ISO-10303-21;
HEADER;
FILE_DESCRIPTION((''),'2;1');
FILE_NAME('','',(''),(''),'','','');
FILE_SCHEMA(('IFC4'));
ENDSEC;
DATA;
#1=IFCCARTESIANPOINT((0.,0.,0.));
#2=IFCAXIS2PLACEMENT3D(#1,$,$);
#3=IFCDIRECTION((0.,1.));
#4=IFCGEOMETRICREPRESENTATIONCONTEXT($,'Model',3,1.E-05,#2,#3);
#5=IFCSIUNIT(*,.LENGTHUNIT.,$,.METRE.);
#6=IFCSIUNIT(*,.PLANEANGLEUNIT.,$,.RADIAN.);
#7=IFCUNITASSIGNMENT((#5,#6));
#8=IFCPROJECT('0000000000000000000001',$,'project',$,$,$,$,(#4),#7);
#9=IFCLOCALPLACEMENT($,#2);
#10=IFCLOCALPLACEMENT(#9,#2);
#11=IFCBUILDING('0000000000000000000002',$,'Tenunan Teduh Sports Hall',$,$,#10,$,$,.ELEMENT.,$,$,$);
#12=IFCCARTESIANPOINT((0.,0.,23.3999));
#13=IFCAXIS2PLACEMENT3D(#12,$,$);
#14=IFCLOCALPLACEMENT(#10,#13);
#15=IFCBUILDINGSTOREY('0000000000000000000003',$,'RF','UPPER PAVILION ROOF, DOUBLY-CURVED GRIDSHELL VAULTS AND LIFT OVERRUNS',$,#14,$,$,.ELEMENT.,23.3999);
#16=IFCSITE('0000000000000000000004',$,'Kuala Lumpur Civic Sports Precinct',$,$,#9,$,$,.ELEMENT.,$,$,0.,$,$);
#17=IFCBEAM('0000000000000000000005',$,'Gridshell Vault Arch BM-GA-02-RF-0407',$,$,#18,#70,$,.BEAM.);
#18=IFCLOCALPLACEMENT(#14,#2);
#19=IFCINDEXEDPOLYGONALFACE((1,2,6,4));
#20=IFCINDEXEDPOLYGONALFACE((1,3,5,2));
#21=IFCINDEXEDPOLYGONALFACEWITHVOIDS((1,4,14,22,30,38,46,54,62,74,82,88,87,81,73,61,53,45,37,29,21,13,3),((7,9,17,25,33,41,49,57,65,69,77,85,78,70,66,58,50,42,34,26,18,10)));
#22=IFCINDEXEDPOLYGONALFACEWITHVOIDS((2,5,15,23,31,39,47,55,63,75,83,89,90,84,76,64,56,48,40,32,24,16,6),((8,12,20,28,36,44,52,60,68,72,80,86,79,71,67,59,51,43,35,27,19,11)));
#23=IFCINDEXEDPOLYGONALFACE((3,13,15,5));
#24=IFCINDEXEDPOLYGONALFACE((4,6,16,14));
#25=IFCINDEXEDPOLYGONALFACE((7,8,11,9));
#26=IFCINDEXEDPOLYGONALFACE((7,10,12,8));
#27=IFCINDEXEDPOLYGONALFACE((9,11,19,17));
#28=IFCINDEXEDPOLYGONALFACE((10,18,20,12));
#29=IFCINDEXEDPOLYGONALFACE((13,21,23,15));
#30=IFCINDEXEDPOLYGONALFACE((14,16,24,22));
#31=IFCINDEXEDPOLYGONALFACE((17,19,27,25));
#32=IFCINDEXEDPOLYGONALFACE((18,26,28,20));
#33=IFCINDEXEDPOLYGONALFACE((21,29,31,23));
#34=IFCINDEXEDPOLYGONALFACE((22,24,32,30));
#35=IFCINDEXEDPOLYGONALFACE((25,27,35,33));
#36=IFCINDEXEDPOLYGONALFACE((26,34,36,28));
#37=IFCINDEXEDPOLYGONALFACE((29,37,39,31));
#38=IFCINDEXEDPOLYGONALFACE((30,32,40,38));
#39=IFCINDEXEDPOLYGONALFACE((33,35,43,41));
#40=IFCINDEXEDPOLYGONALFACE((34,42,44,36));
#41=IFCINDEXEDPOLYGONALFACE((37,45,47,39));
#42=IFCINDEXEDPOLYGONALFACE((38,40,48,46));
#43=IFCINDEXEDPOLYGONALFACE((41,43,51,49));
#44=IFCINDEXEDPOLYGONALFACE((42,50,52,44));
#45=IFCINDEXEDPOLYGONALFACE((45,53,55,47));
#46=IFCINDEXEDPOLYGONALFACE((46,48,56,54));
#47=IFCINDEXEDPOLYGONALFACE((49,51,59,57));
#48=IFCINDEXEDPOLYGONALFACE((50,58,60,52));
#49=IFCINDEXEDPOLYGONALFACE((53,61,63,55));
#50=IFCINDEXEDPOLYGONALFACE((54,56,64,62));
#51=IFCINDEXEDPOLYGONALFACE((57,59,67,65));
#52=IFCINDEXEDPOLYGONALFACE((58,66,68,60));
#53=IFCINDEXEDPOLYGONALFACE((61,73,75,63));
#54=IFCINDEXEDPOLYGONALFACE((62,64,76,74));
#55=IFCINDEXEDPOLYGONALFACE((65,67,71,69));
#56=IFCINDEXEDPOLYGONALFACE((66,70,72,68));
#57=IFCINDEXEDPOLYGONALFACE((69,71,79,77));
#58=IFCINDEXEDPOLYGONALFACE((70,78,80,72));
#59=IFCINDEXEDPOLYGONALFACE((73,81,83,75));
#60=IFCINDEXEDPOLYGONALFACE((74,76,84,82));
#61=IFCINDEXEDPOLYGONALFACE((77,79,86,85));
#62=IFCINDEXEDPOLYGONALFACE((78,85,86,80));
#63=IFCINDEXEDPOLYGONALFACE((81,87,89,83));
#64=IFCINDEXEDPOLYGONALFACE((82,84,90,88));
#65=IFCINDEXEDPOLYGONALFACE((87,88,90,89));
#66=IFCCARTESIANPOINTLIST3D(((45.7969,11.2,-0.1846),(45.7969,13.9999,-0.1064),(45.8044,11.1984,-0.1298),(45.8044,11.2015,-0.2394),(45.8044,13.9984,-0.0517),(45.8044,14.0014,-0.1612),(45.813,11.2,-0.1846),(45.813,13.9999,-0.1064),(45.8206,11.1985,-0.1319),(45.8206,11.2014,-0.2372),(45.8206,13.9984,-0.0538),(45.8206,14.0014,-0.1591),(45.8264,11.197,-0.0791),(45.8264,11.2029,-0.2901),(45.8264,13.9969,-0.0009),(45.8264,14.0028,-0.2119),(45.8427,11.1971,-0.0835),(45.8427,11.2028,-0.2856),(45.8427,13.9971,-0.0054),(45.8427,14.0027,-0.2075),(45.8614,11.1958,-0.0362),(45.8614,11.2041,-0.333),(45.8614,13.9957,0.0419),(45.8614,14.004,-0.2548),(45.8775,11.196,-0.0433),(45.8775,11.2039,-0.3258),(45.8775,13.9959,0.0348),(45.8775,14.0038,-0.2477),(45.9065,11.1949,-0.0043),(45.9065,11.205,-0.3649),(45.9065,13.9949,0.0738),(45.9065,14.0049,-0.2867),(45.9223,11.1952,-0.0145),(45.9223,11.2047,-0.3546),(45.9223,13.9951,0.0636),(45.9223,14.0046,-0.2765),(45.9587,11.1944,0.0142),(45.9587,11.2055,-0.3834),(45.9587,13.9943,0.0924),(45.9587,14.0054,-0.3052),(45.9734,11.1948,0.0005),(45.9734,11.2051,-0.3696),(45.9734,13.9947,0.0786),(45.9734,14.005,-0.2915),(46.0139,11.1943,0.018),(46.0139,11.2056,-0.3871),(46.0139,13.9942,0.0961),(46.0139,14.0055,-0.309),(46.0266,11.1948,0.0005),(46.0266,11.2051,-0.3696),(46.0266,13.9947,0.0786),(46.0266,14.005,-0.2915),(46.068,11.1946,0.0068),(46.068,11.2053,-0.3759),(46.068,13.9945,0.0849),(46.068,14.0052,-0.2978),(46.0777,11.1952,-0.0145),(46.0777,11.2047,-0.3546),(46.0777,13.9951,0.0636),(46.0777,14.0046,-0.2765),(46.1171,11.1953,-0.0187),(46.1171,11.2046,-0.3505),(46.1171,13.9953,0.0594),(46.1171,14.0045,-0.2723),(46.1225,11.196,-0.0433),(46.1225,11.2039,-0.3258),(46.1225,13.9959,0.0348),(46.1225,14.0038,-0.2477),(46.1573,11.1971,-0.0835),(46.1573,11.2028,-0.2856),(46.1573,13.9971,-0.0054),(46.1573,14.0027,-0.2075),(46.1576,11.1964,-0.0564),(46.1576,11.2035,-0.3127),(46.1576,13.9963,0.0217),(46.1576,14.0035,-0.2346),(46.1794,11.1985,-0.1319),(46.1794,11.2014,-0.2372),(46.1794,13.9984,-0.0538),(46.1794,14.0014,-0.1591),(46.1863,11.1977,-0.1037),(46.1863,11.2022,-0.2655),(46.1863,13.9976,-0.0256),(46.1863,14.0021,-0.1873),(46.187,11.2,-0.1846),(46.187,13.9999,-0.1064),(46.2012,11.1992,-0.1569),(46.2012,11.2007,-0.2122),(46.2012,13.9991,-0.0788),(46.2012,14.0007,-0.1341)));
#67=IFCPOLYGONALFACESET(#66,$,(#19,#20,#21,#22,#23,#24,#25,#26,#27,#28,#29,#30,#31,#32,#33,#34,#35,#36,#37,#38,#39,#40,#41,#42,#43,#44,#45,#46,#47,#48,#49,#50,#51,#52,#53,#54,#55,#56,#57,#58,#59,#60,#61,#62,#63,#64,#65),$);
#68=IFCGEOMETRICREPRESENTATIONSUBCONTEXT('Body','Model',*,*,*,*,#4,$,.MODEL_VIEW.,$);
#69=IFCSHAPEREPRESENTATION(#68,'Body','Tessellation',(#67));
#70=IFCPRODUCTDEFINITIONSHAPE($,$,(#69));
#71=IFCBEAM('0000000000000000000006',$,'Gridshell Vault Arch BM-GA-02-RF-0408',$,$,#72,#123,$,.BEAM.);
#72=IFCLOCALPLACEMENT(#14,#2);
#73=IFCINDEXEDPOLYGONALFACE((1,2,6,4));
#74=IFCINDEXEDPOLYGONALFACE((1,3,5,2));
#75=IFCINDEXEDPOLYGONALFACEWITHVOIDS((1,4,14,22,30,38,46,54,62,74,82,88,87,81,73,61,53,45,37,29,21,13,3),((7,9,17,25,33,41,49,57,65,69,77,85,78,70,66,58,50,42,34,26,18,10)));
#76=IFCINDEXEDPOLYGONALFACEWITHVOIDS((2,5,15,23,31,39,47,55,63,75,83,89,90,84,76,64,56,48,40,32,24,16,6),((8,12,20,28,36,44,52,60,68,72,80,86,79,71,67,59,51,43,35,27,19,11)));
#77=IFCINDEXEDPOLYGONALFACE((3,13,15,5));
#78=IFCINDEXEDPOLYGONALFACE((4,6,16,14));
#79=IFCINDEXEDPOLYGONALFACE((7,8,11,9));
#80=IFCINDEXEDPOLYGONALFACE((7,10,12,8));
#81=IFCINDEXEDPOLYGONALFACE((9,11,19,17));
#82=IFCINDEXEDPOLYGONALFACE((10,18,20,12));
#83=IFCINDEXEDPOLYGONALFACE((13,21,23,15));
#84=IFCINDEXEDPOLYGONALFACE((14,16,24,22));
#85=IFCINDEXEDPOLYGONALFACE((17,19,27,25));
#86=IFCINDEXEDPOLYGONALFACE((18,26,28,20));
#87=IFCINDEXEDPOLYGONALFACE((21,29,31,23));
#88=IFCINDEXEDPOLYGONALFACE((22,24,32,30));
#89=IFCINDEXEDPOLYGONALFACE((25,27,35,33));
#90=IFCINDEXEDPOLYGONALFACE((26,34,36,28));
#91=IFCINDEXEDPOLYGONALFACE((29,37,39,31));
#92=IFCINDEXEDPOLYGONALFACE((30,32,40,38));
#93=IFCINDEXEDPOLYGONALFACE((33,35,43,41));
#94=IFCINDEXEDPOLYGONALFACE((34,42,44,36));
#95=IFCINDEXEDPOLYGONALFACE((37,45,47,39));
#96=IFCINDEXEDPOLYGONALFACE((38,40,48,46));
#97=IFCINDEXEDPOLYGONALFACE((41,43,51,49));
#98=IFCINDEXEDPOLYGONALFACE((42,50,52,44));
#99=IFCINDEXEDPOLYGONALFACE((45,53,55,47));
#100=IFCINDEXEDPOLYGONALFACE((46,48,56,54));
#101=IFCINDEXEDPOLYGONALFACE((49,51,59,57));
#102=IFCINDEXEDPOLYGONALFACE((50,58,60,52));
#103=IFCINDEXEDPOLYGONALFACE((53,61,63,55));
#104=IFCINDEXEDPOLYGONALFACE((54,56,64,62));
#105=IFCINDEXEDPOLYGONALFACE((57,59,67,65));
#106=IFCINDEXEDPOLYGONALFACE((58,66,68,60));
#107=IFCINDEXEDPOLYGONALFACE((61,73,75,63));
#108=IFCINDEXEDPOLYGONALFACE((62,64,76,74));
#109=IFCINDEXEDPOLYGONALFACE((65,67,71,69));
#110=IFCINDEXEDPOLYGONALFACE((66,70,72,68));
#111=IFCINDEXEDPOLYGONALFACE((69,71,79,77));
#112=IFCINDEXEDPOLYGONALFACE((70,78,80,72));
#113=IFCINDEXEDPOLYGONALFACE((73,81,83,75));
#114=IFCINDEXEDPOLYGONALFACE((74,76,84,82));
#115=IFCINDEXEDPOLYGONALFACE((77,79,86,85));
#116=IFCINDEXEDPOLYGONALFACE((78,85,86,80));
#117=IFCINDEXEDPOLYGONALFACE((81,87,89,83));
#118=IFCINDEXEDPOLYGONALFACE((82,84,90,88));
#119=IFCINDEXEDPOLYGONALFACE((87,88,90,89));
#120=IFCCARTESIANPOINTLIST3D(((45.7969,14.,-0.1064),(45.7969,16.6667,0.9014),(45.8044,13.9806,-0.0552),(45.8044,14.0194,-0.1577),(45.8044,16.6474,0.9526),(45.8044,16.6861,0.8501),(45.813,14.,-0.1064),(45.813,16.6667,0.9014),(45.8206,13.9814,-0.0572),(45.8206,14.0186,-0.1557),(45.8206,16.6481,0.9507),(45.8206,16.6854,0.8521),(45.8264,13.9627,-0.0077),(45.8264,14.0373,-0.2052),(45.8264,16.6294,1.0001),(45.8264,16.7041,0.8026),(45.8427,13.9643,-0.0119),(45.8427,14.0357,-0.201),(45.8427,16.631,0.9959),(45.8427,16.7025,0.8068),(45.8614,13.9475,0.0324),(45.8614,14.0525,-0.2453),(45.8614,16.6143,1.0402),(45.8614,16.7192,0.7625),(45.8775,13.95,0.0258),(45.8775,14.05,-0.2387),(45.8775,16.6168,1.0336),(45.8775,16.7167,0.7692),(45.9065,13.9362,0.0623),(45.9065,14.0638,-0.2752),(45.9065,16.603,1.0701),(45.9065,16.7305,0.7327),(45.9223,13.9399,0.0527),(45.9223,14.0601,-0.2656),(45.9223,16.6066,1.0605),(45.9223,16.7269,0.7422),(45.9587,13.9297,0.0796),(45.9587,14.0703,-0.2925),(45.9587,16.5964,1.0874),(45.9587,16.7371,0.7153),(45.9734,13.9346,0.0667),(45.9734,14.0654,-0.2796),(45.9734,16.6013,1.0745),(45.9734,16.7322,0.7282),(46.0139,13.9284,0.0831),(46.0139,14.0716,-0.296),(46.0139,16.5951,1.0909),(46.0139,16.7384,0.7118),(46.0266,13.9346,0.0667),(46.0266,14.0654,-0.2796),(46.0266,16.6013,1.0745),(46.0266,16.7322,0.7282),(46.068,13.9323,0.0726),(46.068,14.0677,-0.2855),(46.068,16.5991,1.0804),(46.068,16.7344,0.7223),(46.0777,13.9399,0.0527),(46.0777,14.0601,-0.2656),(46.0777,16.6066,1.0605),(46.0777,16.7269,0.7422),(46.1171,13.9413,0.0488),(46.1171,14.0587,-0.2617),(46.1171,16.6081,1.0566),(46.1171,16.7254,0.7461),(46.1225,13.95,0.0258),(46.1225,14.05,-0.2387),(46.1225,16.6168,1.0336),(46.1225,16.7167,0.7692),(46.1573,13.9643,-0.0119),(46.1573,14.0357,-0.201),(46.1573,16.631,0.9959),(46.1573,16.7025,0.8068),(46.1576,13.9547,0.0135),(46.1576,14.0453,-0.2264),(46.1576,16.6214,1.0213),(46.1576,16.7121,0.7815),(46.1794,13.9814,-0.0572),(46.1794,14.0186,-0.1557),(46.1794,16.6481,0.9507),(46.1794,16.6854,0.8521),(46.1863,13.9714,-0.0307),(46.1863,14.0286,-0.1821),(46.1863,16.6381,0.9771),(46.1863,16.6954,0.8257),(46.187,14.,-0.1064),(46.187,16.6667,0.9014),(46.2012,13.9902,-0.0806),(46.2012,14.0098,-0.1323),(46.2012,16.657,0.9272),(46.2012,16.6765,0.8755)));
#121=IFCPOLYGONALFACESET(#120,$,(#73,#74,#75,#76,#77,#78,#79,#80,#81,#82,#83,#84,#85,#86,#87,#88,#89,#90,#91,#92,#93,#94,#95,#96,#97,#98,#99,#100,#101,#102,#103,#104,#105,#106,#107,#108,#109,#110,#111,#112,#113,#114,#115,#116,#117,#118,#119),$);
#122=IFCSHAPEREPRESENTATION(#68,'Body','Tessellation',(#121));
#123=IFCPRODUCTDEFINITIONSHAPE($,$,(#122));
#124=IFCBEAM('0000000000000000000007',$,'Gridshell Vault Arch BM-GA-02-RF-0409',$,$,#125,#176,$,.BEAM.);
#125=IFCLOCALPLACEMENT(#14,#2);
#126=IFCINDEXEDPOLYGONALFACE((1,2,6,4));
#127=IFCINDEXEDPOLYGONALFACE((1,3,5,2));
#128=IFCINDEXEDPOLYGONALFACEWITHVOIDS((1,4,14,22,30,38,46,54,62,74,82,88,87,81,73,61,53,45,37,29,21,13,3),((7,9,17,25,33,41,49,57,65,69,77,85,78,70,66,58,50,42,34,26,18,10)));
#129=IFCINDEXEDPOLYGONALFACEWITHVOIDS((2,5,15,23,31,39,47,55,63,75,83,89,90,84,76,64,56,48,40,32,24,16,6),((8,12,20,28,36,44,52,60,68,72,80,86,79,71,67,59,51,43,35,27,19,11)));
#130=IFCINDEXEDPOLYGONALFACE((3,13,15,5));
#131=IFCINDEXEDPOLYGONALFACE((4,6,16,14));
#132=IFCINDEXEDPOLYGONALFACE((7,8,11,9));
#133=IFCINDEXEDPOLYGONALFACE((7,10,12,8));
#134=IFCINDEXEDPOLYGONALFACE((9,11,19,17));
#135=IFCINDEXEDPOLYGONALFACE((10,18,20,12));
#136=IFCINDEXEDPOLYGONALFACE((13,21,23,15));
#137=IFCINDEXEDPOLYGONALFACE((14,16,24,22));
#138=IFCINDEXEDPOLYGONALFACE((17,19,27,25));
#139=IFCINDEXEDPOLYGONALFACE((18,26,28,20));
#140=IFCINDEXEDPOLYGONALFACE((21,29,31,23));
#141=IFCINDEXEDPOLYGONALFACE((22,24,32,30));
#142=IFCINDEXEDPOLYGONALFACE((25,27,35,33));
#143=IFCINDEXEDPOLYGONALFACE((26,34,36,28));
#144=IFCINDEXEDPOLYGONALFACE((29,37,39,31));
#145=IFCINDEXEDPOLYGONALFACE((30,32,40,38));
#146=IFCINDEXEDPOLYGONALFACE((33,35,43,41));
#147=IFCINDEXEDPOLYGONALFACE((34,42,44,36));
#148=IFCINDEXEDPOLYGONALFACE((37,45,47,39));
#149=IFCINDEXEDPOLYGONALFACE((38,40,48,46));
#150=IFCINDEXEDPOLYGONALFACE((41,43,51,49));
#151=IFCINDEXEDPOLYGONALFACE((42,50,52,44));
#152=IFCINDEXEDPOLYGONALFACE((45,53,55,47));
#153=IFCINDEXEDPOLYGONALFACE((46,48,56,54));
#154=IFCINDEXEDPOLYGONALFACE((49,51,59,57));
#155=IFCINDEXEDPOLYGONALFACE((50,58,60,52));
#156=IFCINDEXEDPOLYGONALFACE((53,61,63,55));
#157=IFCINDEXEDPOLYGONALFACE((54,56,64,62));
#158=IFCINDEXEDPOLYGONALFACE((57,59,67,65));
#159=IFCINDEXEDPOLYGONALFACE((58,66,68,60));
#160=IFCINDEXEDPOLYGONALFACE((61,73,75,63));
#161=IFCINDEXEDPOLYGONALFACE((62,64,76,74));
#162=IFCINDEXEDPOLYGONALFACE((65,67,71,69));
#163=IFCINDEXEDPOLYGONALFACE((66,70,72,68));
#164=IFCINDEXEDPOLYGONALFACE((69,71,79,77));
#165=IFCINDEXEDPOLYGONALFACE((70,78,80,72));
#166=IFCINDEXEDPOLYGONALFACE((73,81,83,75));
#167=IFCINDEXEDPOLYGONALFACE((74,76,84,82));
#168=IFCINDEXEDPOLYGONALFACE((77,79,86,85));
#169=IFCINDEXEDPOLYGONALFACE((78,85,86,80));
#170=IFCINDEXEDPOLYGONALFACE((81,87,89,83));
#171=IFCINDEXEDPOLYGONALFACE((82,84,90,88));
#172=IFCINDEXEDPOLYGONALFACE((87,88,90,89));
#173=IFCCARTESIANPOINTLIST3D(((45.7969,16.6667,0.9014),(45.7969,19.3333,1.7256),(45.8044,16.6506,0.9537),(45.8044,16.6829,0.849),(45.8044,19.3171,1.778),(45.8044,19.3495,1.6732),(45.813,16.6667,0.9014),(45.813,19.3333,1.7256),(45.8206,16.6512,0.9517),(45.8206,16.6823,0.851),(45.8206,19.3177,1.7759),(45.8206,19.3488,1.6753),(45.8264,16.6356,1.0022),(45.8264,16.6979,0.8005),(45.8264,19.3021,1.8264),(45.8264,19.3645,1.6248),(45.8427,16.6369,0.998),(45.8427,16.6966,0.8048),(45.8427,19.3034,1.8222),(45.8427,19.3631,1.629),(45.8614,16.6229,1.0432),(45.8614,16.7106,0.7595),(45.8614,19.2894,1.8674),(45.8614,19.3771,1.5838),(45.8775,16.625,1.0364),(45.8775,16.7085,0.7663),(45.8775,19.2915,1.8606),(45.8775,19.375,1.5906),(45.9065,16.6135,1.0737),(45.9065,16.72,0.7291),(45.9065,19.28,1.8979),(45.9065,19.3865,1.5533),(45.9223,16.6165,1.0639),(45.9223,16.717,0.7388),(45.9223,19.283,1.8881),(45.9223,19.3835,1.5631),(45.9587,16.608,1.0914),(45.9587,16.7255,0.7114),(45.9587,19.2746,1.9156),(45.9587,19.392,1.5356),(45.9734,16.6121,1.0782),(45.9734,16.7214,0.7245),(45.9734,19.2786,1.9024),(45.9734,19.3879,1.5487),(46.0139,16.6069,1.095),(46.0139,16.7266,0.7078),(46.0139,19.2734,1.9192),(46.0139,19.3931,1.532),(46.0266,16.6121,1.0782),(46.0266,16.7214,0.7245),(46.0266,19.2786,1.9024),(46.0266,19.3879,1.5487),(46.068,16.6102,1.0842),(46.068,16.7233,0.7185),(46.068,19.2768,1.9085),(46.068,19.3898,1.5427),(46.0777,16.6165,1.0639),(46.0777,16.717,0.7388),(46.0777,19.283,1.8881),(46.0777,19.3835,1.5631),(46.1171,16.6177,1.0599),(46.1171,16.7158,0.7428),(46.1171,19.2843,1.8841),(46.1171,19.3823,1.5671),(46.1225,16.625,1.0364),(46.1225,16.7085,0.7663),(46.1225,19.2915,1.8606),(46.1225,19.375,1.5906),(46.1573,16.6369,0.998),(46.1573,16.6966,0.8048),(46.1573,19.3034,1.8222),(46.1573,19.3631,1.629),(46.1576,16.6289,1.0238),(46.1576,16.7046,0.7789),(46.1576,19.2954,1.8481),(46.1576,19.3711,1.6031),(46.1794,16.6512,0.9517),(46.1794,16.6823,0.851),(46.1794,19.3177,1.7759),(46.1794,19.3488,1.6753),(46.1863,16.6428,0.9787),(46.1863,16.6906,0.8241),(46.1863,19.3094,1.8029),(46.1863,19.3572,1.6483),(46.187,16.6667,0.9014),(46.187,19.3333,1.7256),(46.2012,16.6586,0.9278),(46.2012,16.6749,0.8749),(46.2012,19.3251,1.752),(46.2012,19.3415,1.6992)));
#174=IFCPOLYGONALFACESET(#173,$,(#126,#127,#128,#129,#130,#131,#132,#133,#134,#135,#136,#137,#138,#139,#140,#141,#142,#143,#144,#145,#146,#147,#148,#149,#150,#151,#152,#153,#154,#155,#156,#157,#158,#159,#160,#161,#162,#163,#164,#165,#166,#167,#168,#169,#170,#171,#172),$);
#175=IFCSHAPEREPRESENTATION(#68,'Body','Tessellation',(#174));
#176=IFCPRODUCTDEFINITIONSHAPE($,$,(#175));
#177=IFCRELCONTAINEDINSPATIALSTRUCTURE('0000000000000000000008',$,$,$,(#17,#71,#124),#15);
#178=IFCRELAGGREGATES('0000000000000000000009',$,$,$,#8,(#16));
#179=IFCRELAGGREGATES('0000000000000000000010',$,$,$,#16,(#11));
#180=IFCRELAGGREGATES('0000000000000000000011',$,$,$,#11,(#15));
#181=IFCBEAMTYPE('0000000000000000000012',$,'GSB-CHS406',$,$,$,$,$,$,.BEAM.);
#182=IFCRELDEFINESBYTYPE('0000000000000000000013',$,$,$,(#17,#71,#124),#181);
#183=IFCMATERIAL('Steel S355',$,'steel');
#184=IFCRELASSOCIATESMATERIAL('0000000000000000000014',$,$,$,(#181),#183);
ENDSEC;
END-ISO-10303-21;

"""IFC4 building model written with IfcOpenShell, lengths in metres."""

from ifc_helpers import new_model, si_unit, direction, frame, origin, origin_2d, place, context, subcontext, project, spatial, hollow_circle, extrude, material, material_profile, profile_set, type_object, element, save


model = new_model("IFC4")

# Units and contexts
model_context = context("Model", 3, precision=1e-05, world=origin(), true_north=direction((0.0, 1.0)))
body_context = subcontext(model_context, "Body", "Model", "MODEL_VIEW")
ifc_project = project(units=[si_unit("LENGTHUNIT", "METRE"), si_unit("PLANEANGLEUNIT", "RADIAN")], contexts=[model_context])

# Site, building, storey
site_placement = place(None, origin())
site = spatial("IfcSite", under=ifc_project, at=site_placement, Name="Kuala Lumpur Civic Sports Precinct", CompositionType="ELEMENT", RefElevation=0.0)
building_placement = place(site_placement, origin())
building = spatial("IfcBuilding", under=site, at=building_placement, Name="Tenunan Teduh Sports Hall", CompositionType="ELEMENT")
storey_placement = place(building_placement, frame((0.0, 0.0, 23.3999)))
storey = spatial("IfcBuildingStorey", under=building, at=storey_placement, Name="RF", Description="UPPER PAVILION ROOF, DOUBLY-CURVED GRIDSHELL VAULTS AND LIFT OVERRUNS", CompositionType="ELEMENT", Elevation=23.3999)

# Beams
ifc_material_1 = material(Name="Steel S355", Category="steel")
ifc_material_profile_1 = material_profile(ifc_material_1, hollow_circle(Radius=0.2031, WallThickness=0.0161, at=origin_2d()), Name="CHS 406.4x16.0")
ifc_profile_set_1 = profile_set([ifc_material_profile_1], Name="Steel S355")
beam_type_1 = type_object("IfcBeamType", Name="GSB-CHS406", PredefinedType="BEAM", material=ifc_profile_set_1)
beam_1_placement = place(storey_placement, frame((46.0, 11.2, -0.1846), z_axis=(0.0, 0.999611, 0.02789), x_axis=(-1.0, 0.0, 0.0)))
element("IfcBeam", 1, at=beam_1_placement, inside=storey, type_object=beam_type_1, Name="Gridshell Vault Arch BM-GA-02-RF-0407", PredefinedType="BEAM", context=body_context, shape_type="SweptSolid", body=[
    extrude(hollow_circle(Radius=0.2031, WallThickness=0.0161, at=origin_2d()), origin(), (0.0, 0.0, 1.0), 2.801),
])
beam_2_placement = place(storey_placement, frame((46.0, 14.0, -0.1064), z_axis=(0.0, 0.935429, 0.353515), x_axis=(-1.0, 0.0, 0.0)))
element("IfcBeam", 2, at=beam_2_placement, inside=storey, type_object=beam_type_1, Name="Gridshell Vault Arch BM-GA-02-RF-0408", PredefinedType="BEAM", context=body_context, shape_type="SweptSolid", body=[
    extrude(hollow_circle(Radius=0.2031, WallThickness=0.0161, at=origin_2d()), origin(), (0.0, 0.0, 1.0), 2.8508),
])
beam_3_placement = place(storey_placement, frame((46.0, 16.6667, 0.9014), z_axis=(0.0, 0.9554, 0.295315), x_axis=(-1.0, 0.0, 0.0)))
element("IfcBeam", 3, at=beam_3_placement, inside=storey, type_object=beam_type_1, Name="Gridshell Vault Arch BM-GA-02-RF-0409", PredefinedType="BEAM", context=body_context, shape_type="SweptSolid", body=[
    extrude(hollow_circle(Radius=0.2031, WallThickness=0.0161, at=origin_2d()), origin(), (0.0, 0.0, 1.0), 2.791),
])

save(model, "model.ifc")
